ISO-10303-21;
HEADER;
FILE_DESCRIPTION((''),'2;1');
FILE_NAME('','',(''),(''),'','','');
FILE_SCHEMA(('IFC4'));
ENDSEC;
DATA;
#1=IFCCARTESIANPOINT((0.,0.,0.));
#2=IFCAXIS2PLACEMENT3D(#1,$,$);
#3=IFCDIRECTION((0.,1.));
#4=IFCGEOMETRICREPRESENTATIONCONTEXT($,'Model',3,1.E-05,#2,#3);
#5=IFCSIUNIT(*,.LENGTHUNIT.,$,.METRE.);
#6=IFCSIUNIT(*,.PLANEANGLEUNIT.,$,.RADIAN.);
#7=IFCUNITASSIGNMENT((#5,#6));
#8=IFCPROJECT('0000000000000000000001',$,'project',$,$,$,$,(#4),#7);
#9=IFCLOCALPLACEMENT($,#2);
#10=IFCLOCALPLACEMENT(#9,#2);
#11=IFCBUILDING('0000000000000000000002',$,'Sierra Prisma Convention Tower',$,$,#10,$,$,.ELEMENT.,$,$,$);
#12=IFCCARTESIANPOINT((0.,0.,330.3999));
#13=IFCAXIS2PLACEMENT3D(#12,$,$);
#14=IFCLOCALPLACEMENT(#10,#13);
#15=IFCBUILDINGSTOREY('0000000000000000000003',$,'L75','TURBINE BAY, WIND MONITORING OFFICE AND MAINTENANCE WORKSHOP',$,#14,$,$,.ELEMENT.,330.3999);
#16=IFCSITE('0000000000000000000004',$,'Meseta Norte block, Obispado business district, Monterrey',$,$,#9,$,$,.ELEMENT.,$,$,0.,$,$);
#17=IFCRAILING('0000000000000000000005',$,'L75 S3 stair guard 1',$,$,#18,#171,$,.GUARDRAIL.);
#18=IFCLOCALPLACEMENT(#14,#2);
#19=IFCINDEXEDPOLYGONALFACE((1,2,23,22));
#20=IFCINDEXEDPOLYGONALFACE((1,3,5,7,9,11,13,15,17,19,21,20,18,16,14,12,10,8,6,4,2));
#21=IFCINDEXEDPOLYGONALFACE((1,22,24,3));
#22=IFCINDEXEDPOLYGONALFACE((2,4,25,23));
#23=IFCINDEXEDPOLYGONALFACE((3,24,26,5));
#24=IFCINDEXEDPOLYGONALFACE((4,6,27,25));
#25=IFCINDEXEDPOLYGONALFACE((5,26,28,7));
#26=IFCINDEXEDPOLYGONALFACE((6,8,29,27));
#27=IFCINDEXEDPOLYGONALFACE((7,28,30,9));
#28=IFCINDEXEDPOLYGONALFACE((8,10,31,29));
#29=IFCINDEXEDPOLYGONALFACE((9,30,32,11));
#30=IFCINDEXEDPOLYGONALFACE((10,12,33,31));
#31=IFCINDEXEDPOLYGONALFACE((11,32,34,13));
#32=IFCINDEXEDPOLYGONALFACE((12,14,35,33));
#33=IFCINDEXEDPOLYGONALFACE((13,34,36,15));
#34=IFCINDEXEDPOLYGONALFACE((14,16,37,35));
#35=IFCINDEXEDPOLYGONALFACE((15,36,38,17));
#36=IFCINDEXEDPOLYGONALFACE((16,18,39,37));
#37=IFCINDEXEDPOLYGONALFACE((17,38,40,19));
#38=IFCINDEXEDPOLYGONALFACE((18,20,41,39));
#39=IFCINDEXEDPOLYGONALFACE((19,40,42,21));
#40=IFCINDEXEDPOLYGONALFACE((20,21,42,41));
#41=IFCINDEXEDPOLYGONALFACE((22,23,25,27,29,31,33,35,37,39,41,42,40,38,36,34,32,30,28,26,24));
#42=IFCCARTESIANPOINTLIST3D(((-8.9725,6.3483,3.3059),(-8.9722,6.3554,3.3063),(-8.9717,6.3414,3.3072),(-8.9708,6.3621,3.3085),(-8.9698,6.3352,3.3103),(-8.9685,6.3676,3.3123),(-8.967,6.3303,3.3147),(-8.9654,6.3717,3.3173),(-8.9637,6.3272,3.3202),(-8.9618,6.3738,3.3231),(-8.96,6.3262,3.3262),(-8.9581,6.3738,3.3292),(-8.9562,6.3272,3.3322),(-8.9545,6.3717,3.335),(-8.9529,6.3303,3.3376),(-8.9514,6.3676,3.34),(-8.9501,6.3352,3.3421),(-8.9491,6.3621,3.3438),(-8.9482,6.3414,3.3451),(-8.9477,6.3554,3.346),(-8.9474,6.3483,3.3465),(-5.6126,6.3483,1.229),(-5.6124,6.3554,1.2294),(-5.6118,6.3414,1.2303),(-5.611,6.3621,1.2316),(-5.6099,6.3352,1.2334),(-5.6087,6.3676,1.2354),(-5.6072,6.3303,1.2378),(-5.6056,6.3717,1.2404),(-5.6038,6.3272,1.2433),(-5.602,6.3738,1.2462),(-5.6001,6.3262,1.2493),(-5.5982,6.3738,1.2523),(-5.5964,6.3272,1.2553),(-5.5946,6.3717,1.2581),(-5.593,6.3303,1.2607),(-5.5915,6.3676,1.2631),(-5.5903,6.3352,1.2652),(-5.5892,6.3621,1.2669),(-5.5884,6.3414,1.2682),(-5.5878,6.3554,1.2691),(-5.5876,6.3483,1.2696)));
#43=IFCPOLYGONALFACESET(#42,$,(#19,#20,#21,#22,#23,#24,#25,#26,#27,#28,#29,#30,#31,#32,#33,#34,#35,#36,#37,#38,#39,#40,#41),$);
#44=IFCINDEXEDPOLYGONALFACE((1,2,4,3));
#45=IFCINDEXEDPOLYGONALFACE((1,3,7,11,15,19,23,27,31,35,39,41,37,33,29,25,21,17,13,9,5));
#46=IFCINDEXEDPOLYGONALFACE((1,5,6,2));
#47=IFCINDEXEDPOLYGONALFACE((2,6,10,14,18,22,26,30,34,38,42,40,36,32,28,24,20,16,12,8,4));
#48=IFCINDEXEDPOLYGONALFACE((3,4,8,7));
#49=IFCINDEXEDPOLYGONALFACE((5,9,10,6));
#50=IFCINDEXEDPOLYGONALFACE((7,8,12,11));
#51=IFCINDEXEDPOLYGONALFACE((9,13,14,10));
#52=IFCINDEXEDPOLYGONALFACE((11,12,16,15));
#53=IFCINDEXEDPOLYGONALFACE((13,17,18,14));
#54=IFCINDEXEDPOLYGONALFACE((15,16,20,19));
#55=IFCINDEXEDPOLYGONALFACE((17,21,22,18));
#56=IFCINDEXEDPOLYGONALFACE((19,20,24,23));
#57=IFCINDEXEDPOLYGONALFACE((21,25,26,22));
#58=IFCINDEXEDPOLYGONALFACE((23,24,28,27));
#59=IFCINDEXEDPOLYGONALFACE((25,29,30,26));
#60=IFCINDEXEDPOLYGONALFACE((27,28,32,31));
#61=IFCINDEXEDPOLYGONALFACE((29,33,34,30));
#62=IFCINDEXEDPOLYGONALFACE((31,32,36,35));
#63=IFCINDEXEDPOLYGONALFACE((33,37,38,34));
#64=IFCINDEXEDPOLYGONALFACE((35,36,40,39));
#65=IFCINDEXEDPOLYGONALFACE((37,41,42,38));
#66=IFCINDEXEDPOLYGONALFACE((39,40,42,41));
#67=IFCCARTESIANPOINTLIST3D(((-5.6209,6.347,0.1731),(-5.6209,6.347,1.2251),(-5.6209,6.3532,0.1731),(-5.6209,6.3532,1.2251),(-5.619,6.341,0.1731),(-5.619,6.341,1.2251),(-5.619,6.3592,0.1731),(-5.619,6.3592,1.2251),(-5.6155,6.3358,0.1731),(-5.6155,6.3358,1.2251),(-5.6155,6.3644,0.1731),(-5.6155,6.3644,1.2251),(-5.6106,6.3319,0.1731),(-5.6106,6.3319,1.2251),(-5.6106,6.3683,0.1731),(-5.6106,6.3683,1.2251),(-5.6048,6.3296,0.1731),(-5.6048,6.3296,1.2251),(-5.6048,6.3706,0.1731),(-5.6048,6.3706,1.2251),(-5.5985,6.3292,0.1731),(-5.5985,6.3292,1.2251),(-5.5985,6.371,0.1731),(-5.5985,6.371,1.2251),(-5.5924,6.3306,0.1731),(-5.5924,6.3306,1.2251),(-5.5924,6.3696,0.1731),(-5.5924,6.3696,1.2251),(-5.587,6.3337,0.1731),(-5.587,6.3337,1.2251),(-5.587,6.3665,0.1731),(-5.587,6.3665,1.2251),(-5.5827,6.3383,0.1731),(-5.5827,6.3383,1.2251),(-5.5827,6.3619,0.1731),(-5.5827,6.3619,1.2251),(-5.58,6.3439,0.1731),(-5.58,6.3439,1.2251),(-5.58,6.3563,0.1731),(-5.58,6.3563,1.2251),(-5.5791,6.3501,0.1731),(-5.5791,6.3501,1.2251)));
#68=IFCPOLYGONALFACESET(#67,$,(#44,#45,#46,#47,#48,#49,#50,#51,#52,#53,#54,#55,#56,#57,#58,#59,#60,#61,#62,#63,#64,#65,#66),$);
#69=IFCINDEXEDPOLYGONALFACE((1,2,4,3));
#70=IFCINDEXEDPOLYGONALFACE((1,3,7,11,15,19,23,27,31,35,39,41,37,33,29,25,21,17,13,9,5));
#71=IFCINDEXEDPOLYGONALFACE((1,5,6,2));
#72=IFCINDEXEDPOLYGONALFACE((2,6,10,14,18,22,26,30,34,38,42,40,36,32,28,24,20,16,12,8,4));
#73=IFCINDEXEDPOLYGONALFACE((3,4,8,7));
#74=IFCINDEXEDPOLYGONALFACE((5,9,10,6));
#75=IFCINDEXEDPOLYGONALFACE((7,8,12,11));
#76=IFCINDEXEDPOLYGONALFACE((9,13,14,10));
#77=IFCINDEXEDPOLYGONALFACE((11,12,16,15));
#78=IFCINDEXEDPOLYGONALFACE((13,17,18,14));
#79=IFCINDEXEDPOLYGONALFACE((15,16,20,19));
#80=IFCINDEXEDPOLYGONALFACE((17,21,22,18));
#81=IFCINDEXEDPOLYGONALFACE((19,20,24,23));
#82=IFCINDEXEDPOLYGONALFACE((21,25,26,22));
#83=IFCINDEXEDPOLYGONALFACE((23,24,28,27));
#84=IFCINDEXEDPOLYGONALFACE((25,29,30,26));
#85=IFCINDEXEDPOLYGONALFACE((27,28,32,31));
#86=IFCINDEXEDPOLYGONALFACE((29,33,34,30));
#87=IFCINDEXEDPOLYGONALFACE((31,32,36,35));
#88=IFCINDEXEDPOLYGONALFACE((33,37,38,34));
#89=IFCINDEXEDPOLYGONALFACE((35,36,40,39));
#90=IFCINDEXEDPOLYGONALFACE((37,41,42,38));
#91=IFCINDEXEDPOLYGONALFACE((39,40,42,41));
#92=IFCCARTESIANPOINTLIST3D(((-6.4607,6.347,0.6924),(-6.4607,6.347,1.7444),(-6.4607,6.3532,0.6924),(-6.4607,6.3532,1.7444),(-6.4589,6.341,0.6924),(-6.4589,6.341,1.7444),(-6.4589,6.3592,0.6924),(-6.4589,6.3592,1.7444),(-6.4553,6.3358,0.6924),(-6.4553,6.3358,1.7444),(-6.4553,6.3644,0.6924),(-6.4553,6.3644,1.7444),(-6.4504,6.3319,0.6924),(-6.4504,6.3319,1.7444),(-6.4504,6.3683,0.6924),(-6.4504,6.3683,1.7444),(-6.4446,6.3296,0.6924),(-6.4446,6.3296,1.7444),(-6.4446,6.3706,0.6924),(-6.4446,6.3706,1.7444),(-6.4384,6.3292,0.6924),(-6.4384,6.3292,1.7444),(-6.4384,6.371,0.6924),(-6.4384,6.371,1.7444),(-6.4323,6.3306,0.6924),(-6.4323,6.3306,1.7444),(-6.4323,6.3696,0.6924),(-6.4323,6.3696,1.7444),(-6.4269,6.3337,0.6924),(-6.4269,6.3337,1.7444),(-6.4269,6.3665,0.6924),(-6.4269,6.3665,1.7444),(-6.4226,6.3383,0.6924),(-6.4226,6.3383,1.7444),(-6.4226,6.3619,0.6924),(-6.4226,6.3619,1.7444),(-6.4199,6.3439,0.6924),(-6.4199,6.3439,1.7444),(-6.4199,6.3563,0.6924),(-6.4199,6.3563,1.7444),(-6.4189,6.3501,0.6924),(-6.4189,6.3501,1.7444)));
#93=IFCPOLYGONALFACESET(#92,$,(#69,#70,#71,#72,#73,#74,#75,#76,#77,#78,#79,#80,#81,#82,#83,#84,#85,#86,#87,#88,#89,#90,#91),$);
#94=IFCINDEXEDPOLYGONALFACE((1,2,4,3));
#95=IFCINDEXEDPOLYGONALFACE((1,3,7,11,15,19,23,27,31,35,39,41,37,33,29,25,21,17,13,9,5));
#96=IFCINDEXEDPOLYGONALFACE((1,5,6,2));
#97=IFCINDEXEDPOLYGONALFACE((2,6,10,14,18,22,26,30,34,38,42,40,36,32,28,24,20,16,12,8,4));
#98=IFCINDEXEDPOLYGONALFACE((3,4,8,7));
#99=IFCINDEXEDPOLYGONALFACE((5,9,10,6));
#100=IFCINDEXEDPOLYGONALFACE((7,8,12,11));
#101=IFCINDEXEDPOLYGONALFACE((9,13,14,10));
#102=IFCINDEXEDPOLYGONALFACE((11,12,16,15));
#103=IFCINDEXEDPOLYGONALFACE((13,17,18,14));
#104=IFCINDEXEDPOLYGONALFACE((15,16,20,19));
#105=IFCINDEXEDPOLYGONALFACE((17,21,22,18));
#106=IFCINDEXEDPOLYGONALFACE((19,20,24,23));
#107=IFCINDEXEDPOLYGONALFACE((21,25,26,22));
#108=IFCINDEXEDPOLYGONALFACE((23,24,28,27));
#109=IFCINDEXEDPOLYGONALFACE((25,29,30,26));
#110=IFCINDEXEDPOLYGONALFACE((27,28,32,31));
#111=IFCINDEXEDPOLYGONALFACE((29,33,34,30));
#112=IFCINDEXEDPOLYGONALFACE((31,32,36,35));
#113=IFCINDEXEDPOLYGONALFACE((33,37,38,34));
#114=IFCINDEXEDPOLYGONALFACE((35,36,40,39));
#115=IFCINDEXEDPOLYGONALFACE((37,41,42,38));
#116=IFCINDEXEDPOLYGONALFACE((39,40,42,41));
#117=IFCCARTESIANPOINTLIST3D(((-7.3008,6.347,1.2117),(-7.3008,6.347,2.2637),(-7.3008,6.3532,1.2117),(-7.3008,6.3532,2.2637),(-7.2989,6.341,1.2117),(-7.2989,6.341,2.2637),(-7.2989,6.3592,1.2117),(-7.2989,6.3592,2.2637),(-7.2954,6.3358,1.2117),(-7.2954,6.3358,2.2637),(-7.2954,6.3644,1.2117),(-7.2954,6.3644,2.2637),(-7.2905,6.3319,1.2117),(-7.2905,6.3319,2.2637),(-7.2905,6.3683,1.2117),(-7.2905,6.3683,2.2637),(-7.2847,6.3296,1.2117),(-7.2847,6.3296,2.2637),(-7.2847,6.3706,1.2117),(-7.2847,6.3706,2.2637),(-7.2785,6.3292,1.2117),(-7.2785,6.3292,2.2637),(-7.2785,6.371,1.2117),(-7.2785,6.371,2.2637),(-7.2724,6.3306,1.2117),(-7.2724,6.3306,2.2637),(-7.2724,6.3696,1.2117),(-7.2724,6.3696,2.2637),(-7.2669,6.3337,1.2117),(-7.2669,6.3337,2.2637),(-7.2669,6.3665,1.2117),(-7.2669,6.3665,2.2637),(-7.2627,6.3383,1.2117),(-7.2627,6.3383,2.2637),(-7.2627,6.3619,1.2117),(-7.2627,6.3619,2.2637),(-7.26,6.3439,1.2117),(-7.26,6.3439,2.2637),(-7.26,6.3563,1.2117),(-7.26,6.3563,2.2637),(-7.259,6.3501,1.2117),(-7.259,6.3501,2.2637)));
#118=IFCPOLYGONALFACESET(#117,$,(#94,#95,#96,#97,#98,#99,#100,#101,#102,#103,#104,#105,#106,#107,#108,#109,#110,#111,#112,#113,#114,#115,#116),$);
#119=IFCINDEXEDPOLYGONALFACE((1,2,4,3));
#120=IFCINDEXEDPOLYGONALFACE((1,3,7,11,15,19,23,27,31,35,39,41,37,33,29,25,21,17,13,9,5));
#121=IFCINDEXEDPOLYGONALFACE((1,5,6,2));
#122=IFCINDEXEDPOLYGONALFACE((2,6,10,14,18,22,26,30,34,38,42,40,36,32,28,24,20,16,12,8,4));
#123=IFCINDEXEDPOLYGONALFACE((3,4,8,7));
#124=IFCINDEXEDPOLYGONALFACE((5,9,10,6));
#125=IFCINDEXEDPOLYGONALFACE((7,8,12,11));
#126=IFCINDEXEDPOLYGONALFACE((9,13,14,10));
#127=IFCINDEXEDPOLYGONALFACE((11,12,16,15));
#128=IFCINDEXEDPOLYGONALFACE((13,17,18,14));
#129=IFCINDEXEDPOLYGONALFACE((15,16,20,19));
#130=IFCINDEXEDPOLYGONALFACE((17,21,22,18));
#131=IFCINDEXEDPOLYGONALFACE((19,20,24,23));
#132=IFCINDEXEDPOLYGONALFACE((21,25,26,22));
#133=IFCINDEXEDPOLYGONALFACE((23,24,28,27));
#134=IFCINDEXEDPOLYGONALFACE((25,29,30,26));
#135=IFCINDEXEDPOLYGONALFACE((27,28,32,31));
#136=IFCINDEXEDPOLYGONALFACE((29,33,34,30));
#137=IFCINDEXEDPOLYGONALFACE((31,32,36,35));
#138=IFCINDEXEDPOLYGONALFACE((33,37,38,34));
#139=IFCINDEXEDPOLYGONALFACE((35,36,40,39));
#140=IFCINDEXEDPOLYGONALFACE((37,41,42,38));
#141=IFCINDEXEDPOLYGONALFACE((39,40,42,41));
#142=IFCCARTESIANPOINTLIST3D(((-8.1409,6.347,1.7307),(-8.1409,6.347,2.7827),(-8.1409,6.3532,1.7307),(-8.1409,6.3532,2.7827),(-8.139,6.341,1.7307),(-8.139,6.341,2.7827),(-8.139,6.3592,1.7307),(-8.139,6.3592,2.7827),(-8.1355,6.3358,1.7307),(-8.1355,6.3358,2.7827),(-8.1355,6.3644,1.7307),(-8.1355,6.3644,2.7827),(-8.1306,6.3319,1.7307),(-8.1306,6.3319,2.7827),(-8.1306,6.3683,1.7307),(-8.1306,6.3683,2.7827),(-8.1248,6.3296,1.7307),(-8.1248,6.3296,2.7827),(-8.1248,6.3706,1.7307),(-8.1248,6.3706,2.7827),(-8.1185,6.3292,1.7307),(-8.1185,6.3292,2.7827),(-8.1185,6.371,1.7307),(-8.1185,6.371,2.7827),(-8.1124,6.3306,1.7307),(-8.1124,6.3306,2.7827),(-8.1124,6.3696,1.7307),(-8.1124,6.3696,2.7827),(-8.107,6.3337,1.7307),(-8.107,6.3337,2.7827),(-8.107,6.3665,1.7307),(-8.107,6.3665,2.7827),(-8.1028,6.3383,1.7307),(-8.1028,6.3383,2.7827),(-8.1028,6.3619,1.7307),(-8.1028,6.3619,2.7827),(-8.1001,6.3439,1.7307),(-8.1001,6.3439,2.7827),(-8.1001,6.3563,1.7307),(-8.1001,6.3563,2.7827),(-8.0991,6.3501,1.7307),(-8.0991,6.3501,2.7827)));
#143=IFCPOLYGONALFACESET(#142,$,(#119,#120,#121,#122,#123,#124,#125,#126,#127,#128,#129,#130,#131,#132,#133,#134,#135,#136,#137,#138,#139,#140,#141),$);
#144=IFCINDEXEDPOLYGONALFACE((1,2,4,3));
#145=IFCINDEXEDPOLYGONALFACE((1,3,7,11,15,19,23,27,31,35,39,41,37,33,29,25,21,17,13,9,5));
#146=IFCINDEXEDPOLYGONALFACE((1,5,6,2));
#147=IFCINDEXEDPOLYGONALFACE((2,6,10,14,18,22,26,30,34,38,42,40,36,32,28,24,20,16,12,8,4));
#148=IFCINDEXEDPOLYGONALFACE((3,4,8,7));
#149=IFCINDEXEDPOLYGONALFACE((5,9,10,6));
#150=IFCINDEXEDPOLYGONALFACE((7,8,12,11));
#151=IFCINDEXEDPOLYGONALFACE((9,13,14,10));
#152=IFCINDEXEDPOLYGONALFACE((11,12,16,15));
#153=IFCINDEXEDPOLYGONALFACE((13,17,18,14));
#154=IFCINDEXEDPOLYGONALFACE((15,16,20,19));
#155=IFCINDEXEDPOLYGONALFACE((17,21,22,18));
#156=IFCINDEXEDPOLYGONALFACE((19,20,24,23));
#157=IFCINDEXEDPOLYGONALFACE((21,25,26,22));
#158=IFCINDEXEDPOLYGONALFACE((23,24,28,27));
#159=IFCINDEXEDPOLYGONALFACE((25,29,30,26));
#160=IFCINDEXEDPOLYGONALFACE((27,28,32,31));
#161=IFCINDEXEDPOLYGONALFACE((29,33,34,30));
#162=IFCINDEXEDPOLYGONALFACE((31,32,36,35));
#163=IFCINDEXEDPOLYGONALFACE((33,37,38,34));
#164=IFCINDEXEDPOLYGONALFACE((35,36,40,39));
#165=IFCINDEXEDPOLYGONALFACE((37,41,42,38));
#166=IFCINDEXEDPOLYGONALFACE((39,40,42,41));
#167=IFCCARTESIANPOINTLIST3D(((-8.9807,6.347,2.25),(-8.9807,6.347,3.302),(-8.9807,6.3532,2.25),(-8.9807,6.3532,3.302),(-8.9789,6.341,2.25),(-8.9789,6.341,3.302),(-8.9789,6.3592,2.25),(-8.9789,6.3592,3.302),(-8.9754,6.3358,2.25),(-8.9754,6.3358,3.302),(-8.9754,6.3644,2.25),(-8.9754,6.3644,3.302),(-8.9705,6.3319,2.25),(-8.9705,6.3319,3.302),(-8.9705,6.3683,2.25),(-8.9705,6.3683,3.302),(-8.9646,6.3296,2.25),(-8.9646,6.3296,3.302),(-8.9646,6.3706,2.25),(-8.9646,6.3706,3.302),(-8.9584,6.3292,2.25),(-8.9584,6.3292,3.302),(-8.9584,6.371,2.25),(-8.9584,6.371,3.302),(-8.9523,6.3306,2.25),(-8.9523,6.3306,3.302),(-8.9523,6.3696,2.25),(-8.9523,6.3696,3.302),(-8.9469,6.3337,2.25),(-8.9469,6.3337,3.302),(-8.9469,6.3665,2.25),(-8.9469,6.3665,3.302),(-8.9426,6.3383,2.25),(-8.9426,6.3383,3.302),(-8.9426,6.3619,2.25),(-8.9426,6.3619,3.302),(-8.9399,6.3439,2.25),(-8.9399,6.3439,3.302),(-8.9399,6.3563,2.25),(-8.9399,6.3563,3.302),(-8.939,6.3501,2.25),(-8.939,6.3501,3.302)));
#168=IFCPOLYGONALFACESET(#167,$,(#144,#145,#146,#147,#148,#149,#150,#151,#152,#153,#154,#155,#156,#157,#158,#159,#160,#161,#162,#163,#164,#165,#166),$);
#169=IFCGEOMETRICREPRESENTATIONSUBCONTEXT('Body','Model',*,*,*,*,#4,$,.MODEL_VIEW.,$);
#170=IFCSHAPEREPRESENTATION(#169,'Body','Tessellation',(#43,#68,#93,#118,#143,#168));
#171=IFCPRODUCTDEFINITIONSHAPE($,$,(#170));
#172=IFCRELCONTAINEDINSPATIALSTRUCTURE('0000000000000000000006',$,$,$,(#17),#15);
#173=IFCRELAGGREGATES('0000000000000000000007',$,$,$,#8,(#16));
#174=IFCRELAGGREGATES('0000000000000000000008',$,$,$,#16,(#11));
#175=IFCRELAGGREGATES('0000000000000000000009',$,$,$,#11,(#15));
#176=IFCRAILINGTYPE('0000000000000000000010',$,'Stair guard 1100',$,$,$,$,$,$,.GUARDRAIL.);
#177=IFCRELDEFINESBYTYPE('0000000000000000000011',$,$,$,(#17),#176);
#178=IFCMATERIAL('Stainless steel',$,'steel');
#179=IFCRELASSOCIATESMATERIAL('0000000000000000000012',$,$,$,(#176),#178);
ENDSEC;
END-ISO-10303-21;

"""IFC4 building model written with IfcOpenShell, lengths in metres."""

from ifc_helpers import new_model, si_unit, direction, frame, origin, origin_2d, place, context, subcontext, project, spatial, circle, extrude, material, type_object, element, save


model = new_model("IFC4")

# Units and contexts
model_context = context("Model", 3, precision=1e-05, world=origin(), true_north=direction((0.0, 1.0)))
body_context = subcontext(model_context, "Body", "Model", "MODEL_VIEW")
ifc_project = project(units=[si_unit("LENGTHUNIT", "METRE"), si_unit("PLANEANGLEUNIT", "RADIAN")], contexts=[model_context])

# Site, building, storey
site_placement = place(None, origin())
site = spatial("IfcSite", under=ifc_project, at=site_placement, Name="Meseta Norte block, Obispado business district, Monterrey", CompositionType="ELEMENT", RefElevation=0.0)
building_placement = place(site_placement, origin())
building = spatial("IfcBuilding", under=site, at=building_placement, Name="Sierra Prisma Convention Tower", CompositionType="ELEMENT")
storey_placement = place(building_placement, frame((0.0, 0.0, 330.3999)))
storey = spatial("IfcBuildingStorey", under=building, at=storey_placement, Name="L75", Description="TURBINE BAY, WIND MONITORING OFFICE AND MAINTENANCE WORKSHOP", CompositionType="ELEMENT", Elevation=330.3999)

# Railing
ifc_material_1 = material(Name="Stainless steel", Category="steel")
railing_type_1 = type_object("IfcRailingType", Name="Stair guard 1100", PredefinedType="GUARDRAIL", material=ifc_material_1)
railing_1_placement = place(storey_placement, frame((-5.6001, 6.3501, 0.1731)))
element("IfcRailing", 1, at=railing_1_placement, inside=storey, type_object=railing_type_1, Name="L75 S3 stair guard 1", PredefinedType="GUARDRAIL", context=body_context, shape_type="SweptSolid", body=[
    extrude(circle(Radius=0.0239, at=origin_2d()), frame((0.0, 0.0, 1.0762), z_axis=(-0.850606, 0.0, 0.525803), x_axis=(0.0, -1.0, 0.0)), (0.0, 0.0, 1.0), 3.95),
    extrude(circle(Radius=0.021, at=origin_2d()), origin(), (0.0, 0.0, 1.0), 1.052),
    extrude(circle(Radius=0.021, at=origin_2d()), frame((-0.8398, 0.0, 0.5193)), (0.0, 0.0, 1.0), 1.052),
    extrude(circle(Radius=0.021, at=origin_2d()), frame((-1.6799, 0.0, 1.0386)), (0.0, 0.0, 1.0), 1.052),
    extrude(circle(Radius=0.021, at=origin_2d()), frame((-2.52, 0.0, 1.5576)), (0.0, 0.0, 1.0), 1.052),
    extrude(circle(Radius=0.021, at=origin_2d()), frame((-3.3599, 0.0, 2.0769)), (0.0, 0.0, 1.0), 1.052),
])

save(model, "model.ifc")
